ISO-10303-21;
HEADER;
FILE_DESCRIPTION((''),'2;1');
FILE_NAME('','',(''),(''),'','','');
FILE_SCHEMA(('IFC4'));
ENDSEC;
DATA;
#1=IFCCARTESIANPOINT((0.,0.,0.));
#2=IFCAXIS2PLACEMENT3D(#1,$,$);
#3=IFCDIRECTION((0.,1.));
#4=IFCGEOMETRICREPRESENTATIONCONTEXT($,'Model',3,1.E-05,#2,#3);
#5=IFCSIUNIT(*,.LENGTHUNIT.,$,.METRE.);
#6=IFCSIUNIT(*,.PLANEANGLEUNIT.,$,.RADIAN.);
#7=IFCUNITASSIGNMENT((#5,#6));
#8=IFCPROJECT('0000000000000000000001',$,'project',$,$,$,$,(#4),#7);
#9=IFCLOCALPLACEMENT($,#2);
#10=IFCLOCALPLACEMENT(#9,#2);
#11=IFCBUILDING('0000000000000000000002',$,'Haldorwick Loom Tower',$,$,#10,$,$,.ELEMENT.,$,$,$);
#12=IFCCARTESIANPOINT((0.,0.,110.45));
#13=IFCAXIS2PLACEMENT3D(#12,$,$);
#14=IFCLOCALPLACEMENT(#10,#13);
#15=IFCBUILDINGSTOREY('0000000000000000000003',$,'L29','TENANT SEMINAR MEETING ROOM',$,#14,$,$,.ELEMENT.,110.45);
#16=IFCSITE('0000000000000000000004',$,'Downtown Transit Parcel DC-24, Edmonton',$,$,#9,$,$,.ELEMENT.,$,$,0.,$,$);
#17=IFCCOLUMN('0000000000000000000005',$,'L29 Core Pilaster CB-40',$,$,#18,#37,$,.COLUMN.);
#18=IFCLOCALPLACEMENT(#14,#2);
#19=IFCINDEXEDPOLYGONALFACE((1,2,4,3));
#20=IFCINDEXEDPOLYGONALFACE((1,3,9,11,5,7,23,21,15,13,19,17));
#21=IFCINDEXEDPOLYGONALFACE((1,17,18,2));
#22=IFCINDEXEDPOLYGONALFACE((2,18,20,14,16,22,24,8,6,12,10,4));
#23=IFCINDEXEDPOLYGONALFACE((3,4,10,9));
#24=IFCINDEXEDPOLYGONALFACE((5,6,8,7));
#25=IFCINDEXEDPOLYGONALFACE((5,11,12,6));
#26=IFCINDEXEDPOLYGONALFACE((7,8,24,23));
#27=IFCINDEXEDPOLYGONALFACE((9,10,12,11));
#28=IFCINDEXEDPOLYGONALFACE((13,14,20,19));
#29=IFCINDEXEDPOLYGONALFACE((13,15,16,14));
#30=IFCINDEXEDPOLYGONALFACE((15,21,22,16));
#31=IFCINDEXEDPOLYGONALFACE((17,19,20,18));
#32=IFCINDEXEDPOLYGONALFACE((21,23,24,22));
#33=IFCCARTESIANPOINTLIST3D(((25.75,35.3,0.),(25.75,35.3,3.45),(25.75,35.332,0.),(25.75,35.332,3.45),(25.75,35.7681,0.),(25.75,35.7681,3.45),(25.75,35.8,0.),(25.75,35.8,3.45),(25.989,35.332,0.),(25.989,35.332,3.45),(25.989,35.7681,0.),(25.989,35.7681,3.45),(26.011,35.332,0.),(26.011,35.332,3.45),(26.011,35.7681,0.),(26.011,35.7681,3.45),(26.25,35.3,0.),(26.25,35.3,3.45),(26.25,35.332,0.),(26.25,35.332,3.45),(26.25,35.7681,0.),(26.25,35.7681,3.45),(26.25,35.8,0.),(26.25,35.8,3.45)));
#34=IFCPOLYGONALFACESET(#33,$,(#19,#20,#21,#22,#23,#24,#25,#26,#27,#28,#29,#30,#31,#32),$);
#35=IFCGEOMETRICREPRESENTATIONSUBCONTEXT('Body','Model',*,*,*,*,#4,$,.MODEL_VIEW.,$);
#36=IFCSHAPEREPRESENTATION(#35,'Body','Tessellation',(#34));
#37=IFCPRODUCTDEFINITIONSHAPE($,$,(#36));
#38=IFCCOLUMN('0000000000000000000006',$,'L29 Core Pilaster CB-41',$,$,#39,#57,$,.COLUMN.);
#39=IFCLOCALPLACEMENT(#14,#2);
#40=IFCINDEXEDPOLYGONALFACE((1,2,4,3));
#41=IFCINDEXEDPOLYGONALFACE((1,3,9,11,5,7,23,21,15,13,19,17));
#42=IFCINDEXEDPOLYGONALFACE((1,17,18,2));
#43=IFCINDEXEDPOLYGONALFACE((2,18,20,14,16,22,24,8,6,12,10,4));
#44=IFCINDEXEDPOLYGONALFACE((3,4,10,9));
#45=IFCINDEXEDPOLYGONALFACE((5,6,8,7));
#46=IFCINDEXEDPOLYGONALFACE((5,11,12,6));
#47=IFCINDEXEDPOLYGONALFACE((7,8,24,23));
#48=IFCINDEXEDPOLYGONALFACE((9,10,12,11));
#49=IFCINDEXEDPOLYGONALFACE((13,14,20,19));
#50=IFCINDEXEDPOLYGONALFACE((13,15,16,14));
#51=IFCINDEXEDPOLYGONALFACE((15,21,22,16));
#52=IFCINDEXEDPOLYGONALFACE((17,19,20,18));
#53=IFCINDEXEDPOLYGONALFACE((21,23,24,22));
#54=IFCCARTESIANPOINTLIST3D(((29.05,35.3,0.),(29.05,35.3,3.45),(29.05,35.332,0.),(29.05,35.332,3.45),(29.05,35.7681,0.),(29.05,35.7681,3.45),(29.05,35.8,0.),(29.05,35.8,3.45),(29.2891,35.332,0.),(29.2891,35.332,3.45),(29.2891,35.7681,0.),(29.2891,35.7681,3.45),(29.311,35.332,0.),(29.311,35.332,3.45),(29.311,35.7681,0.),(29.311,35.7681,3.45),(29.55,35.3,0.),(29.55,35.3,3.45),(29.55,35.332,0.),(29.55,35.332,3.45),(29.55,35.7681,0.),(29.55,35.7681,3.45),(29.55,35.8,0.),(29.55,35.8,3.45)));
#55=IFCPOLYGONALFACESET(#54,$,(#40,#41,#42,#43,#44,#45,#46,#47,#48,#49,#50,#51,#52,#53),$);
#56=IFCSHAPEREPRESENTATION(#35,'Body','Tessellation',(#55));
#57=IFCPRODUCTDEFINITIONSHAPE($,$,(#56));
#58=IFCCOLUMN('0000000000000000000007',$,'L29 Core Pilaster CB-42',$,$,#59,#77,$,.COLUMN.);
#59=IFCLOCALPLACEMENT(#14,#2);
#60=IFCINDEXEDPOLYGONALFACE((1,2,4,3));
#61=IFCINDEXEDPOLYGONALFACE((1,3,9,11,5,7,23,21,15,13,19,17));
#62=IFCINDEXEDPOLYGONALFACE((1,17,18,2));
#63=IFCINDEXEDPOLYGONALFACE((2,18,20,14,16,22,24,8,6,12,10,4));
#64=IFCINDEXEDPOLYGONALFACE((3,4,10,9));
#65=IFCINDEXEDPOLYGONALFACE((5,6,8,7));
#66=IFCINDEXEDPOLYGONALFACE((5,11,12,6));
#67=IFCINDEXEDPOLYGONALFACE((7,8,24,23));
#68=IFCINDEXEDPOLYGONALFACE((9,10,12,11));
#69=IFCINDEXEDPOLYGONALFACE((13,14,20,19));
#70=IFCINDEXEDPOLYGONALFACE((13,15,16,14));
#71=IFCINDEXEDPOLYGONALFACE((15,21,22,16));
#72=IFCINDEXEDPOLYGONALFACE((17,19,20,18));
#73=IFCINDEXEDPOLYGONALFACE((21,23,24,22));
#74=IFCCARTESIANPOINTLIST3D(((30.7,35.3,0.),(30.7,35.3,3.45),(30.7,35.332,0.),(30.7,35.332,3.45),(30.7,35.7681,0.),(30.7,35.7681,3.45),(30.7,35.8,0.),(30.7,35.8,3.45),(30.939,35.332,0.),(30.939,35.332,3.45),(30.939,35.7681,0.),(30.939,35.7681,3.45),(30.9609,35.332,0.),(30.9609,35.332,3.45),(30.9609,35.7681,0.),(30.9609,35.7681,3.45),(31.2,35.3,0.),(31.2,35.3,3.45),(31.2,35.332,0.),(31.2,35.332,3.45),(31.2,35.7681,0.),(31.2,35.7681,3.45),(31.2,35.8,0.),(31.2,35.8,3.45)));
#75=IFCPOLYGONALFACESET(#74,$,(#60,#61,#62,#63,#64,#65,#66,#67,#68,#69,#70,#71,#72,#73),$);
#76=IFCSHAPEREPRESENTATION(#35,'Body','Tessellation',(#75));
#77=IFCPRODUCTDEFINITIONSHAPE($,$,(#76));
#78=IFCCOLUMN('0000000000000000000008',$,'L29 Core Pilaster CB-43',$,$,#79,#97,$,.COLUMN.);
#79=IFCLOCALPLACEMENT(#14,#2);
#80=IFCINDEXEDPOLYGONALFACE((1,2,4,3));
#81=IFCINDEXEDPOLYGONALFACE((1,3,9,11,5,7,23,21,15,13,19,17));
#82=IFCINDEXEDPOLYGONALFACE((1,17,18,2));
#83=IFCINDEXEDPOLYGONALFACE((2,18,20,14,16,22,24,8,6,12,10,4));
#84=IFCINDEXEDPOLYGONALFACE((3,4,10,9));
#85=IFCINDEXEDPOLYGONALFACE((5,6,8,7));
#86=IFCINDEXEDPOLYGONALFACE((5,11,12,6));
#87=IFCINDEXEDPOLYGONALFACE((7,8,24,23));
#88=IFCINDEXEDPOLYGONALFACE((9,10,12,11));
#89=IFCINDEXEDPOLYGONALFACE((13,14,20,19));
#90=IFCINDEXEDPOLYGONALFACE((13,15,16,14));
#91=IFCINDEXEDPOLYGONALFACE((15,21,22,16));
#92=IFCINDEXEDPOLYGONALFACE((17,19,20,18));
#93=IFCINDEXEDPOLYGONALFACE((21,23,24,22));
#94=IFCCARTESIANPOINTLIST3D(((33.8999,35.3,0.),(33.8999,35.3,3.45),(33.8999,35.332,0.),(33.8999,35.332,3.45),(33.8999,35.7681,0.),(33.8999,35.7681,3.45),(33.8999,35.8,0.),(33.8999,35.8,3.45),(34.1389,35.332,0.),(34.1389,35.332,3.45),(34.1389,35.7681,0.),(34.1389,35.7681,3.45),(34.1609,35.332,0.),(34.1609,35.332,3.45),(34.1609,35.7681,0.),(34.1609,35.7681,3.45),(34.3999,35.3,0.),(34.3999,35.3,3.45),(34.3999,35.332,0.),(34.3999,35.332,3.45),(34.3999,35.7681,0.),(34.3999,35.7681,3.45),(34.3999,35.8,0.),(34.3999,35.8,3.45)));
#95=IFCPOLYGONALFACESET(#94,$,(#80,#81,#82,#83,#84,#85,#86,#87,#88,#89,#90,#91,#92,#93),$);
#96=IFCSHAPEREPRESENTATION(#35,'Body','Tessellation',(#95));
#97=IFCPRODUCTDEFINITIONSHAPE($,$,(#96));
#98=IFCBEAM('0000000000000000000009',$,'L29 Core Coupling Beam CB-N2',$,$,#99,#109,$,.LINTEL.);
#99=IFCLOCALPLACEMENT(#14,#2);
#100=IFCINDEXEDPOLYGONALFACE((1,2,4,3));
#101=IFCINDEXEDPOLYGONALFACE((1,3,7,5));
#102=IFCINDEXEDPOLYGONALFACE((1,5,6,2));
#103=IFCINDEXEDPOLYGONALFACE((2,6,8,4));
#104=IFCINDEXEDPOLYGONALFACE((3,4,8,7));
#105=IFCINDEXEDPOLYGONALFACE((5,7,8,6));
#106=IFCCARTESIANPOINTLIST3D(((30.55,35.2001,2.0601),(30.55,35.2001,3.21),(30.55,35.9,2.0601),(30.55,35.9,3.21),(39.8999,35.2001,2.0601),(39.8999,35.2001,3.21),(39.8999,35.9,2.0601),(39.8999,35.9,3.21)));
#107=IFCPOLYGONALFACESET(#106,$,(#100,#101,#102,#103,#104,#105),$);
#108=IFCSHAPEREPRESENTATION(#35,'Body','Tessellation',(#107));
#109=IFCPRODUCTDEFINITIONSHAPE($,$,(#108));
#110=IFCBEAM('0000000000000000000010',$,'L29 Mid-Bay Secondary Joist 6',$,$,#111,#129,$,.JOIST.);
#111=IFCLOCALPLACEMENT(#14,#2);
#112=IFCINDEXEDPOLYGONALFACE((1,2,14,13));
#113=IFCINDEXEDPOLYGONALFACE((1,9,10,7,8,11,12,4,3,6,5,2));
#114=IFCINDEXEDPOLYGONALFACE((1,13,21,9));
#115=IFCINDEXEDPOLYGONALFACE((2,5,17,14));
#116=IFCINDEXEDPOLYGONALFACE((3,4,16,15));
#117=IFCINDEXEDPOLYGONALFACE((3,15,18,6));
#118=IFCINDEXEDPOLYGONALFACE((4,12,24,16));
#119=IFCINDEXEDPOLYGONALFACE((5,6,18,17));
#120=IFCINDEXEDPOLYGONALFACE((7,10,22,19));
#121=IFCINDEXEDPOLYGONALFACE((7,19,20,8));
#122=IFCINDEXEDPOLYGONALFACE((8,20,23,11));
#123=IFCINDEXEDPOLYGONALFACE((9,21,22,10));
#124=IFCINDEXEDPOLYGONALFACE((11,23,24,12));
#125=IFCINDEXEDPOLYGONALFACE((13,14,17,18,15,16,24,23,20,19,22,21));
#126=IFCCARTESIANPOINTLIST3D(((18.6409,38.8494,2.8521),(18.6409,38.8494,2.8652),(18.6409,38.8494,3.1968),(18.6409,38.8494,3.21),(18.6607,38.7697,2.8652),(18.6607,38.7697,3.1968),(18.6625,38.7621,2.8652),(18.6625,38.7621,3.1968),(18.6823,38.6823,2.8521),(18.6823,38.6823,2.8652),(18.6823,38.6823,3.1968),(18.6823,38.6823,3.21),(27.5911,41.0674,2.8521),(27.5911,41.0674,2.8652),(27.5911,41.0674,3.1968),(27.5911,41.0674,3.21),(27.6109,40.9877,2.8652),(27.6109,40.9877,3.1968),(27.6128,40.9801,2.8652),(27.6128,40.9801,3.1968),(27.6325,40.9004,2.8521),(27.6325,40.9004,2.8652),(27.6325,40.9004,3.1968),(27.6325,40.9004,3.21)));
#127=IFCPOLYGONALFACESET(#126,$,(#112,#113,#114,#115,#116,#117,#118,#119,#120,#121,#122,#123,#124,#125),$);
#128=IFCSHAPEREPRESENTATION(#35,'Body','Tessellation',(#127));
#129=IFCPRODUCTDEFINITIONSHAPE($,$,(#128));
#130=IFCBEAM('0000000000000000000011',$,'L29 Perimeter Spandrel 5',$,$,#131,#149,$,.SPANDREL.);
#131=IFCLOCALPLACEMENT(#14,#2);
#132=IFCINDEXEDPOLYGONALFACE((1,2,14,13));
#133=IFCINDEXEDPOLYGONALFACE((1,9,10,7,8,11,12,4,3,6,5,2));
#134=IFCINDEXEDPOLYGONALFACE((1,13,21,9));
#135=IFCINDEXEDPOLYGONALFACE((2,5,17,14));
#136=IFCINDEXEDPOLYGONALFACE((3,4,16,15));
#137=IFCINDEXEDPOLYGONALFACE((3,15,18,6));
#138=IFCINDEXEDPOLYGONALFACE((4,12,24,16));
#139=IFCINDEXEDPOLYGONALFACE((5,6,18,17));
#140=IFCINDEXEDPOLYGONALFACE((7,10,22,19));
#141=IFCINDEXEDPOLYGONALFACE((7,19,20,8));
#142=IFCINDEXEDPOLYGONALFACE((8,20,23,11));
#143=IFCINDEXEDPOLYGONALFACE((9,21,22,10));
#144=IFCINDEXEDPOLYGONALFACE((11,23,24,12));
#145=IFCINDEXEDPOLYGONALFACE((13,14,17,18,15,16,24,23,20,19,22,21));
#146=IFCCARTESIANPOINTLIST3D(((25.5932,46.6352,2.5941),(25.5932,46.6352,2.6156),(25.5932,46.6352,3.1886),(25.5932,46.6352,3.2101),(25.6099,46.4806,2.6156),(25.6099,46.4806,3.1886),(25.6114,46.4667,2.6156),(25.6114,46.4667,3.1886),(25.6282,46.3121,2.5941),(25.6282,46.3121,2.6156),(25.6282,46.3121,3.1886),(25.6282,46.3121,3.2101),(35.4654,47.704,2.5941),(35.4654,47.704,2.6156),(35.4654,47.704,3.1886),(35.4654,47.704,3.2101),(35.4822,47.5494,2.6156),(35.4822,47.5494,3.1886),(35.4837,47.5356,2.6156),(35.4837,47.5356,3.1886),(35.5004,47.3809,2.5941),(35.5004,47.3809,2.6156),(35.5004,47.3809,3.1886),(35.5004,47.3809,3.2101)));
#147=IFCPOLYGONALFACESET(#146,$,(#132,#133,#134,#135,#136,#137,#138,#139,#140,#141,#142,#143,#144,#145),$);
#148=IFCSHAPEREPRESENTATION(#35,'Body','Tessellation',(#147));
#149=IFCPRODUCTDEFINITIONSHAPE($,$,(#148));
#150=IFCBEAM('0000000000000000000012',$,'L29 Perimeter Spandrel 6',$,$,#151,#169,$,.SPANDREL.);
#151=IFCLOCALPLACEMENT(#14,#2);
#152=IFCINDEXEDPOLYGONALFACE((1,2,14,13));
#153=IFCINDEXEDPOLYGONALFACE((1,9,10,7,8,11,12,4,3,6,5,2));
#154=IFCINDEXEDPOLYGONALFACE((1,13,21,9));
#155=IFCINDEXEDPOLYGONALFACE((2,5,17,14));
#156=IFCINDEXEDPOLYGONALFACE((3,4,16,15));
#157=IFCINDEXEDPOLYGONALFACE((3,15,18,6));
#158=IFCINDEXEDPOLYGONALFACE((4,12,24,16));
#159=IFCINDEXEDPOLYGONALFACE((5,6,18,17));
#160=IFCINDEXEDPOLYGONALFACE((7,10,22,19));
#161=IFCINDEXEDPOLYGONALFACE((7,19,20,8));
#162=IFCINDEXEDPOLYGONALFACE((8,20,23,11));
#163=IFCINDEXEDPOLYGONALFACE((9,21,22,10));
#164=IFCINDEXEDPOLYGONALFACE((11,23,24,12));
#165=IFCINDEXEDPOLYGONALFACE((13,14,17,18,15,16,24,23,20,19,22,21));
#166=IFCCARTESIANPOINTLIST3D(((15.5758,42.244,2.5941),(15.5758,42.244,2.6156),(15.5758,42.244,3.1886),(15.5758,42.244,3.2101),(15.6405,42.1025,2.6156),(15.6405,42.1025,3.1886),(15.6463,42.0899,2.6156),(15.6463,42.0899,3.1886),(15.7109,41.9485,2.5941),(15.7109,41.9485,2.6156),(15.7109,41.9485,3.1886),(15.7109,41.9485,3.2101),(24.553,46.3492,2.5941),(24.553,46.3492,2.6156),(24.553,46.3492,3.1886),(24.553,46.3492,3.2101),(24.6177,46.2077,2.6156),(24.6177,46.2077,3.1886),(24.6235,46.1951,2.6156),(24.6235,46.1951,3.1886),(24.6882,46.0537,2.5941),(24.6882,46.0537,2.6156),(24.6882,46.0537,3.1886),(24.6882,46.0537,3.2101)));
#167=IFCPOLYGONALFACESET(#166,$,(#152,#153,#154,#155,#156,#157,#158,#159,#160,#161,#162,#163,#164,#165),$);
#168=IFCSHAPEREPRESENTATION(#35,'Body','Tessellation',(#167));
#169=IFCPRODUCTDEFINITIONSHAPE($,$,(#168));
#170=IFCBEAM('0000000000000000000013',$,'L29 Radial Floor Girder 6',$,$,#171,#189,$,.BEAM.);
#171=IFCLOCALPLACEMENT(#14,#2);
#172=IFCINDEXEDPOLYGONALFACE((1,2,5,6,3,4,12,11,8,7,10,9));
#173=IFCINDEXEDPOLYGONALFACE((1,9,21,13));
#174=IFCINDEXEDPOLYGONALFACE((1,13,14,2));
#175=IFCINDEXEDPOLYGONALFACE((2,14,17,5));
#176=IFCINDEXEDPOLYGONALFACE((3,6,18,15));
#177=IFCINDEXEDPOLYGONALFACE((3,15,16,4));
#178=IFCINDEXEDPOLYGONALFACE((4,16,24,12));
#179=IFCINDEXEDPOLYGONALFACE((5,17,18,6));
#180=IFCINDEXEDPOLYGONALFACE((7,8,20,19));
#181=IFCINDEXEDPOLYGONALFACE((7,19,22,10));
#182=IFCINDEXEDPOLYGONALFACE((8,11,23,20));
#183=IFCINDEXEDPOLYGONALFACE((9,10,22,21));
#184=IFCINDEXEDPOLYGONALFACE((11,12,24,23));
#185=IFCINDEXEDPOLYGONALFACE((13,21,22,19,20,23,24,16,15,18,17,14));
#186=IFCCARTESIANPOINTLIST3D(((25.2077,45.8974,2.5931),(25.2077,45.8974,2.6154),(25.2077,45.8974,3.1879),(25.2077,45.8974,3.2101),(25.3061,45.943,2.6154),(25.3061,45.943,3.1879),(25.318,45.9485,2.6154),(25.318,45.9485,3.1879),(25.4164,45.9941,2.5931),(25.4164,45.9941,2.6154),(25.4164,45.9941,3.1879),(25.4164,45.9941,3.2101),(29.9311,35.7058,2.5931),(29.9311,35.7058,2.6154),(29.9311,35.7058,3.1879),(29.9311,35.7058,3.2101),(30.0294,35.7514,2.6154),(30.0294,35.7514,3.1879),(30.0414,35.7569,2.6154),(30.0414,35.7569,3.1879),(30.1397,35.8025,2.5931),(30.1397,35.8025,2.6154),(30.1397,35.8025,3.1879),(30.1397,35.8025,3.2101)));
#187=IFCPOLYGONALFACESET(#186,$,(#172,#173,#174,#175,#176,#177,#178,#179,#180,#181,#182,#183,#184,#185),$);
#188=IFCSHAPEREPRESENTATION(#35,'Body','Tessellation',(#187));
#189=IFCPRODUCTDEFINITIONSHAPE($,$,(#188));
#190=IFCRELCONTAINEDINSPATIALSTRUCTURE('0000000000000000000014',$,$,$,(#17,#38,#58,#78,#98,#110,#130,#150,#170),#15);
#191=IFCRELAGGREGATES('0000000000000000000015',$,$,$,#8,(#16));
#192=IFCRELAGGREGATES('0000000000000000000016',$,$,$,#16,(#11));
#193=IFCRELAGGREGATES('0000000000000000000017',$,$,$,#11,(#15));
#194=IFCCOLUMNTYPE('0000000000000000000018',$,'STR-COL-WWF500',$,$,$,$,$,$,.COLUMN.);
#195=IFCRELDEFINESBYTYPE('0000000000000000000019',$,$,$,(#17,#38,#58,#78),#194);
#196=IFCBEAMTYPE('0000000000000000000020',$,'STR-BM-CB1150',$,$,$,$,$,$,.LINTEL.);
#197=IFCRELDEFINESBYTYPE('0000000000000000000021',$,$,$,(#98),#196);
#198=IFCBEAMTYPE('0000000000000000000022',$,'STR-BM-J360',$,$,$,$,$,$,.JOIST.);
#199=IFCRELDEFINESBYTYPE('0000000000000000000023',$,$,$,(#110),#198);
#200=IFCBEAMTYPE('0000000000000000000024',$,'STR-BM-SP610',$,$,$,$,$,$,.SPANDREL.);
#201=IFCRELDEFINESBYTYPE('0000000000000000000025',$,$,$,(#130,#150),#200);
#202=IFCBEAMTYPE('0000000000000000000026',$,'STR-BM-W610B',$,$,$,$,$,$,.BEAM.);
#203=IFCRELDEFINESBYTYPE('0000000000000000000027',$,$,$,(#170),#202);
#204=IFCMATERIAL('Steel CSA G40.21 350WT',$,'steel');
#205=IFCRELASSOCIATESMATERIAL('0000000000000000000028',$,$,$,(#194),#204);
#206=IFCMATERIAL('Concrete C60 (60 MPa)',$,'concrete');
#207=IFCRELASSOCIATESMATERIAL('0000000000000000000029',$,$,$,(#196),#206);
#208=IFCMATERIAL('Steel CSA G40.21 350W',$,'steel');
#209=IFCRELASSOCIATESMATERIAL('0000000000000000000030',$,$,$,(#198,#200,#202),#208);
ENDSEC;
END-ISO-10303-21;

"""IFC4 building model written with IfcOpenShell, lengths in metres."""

from ifc_helpers import new_model, si_unit, direction, frame, origin, origin_2d, place, context, subcontext, project, spatial, rectangle, i_section, extrude, material, material_profile, profile_set, type_object, element, save


model = new_model("IFC4")

# Units and contexts
model_context = context("Model", 3, precision=1e-05, world=origin(), true_north=direction((0.0, 1.0)))
body_context = subcontext(model_context, "Body", "Model", "MODEL_VIEW")
ifc_project = project(units=[si_unit("LENGTHUNIT", "METRE"), si_unit("PLANEANGLEUNIT", "RADIAN")], contexts=[model_context])

# Site, building, storey
site_placement = place(None, origin())
site = spatial("IfcSite", under=ifc_project, at=site_placement, Name="Downtown Transit Parcel DC-24, Edmonton", CompositionType="ELEMENT", RefElevation=0.0)
building_placement = place(site_placement, origin())
building = spatial("IfcBuilding", under=site, at=building_placement, Name="Haldorwick Loom Tower", CompositionType="ELEMENT")
storey_placement = place(building_placement, frame((0.0, 0.0, 110.45)))
storey = spatial("IfcBuildingStorey", under=building, at=storey_placement, Name="L29", Description="TENANT SEMINAR MEETING ROOM", CompositionType="ELEMENT", Elevation=110.45)

# Columns
ifc_material_1 = material(Name="Concrete C60 (60 MPa)", Category="concrete")
ifc_material_2 = material(Name="Steel CSA G40.21 350WT", Category="steel")
ifc_material_profile_1 = material_profile(ifc_material_2, i_section(OverallWidth=0.5, OverallDepth=0.5, WebThickness=0.022, FlangeThickness=0.032, at=origin_2d()), Name="WWF500X500", Category="steel")
ifc_profile_set_1 = profile_set([ifc_material_profile_1], Name="Steel CSA G40.21 350WT")
column_type_1 = type_object("IfcColumnType", Name="STR-COL-WWF500", PredefinedType="COLUMN", material=ifc_profile_set_1)
for number, where, z_axis, x_axis, name in (
    (1, (26.0, 35.55, 0.0), (0.0, 0.0, 1.0), (1.0, 0.0, 0.0), "L29 Core Pilaster CB-40"),
    (2, (29.3, 35.55, 0.0), (0.0, 0.0, 1.0), (1.0, 0.0, 0.0), "L29 Core Pilaster CB-41"),
    (3, (30.95, 35.55, 0.0), (0.0, 0.0, 1.0), (1.0, 0.0, 0.0), "L29 Core Pilaster CB-42"),
    (4, (34.1499, 35.55, 0.0), (0.0, 0.0, 1.0), (1.0, 0.0, 0.0), "L29 Core Pilaster CB-43"),
):
    element("IfcColumn", number, at=place(storey_placement, frame(where, z_axis=z_axis, x_axis=x_axis)), inside=storey, type_object=column_type_1, Name=name, PredefinedType="COLUMN", context=body_context, shape_type="SweptSolid", body=[
        extrude(i_section(OverallWidth=0.5, OverallDepth=0.5, WebThickness=0.022, FlangeThickness=0.032, at=origin_2d()), origin(), (0.0, 0.0, 1.0), 3.45),
    ])

# Beams
ifc_material_profile_2 = material_profile(ifc_material_1, rectangle(XDim=0.7, YDim=1.1499, at=origin_2d()), Name="RC700X1150", Category="concrete")
ifc_profile_set_2 = profile_set([ifc_material_profile_2], Name="Concrete C60 (60 MPa)")
beam_type_1 = type_object("IfcBeamType", Name="STR-BM-CB1150", PredefinedType="LINTEL", material=ifc_profile_set_2)
beam_1_placement = place(storey_placement, frame((30.55, 35.55, 2.635), z_axis=(1.0, 0.0, 0.0), x_axis=(0.0, 1.0, 0.0)))
element("IfcBeam", 5, at=beam_1_placement, inside=storey, type_object=beam_type_1, Name="L29 Core Coupling Beam CB-N2", PredefinedType="LINTEL", context=body_context, shape_type="SweptSolid", body=[
    extrude(rectangle(XDim=0.7, YDim=1.1499, at=origin_2d()), origin(), (0.0, 0.0, 1.0), 9.3499),
])
ifc_material_3 = material(Name="Steel CSA G40.21 350W", Category="steel")
ifc_material_profile_3 = material_profile(ifc_material_3, i_section(OverallWidth=0.1721, OverallDepth=0.3579, WebThickness=0.0078, FlangeThickness=0.0132, at=origin_2d()), Name="W360X57", Category="steel")
ifc_profile_set_3 = profile_set([ifc_material_profile_3], Name="Steel CSA G40.21 350W")
beam_type_2 = type_object("IfcBeamType", Name="STR-BM-J360", PredefinedType="JOIST", material=ifc_profile_set_3)
beam_2_placement = place(storey_placement, frame((27.6118, 40.9839, 3.031), z_axis=(-0.970639, -0.240542, 0.0), x_axis=(0.240542, -0.970639, 0.0)))
element("IfcBeam", 6, at=beam_2_placement, inside=storey, type_object=beam_type_2, Name="L29 Mid-Bay Secondary Joist 6", PredefinedType="JOIST", context=body_context, shape_type="SweptSolid", body=[
    extrude(i_section(OverallWidth=0.1721, OverallDepth=0.3579, WebThickness=0.0078, FlangeThickness=0.0132, at=origin_2d()), origin(), (0.0, 0.0, 1.0), 9.2209),
])
ifc_material_profile_4 = material_profile(ifc_material_3, i_section(OverallWidth=0.325, OverallDepth=0.616, WebThickness=0.0139, FlangeThickness=0.0215, at=origin_2d()), Name="W610X174", Category="steel")
ifc_profile_set_4 = profile_set([ifc_material_profile_4], Name="Steel CSA G40.21 350W")
beam_type_3 = type_object("IfcBeamType", Name="STR-BM-SP610", PredefinedType="SPANDREL", material=ifc_profile_set_4)
beam_3_placement = place(storey_placement, frame((35.4829, 47.5425, 2.9021), z_axis=(-0.99419, -0.107638, 0.0), x_axis=(0.107638, -0.99419, 0.0)))
element("IfcBeam", 7, at=beam_3_placement, inside=storey, type_object=beam_type_3, Name="L29 Perimeter Spandrel 5", PredefinedType="SPANDREL", context=body_context, shape_type="SweptSolid", body=[
    extrude(i_section(OverallWidth=0.325, OverallDepth=0.616, WebThickness=0.0139, FlangeThickness=0.0215, at=origin_2d()), origin(), (0.0, 0.0, 1.0), 9.9299),
])
beam_4_placement = place(storey_placement, frame((24.6206, 46.2014, 2.9021), z_axis=(-0.909424, -0.41587, 0.0), x_axis=(0.41587, -0.909424, 0.0)))
element("IfcBeam", 8, at=beam_4_placement, inside=storey, type_object=beam_type_3, Name="L29 Perimeter Spandrel 6", PredefinedType="SPANDREL", context=body_context, shape_type="SweptSolid", body=[
    extrude(i_section(OverallWidth=0.325, OverallDepth=0.616, WebThickness=0.0139, FlangeThickness=0.0215, at=origin_2d()), origin(), (0.0, 0.0, 1.0), 9.8713),
])
ifc_material_profile_5 = material_profile(ifc_material_3, i_section(OverallWidth=0.23, OverallDepth=0.6169, WebThickness=0.0132, FlangeThickness=0.0222, at=origin_2d()), Name="W610X140", Category="steel")
ifc_profile_set_5 = profile_set([ifc_material_profile_5], Name="Steel CSA G40.21 350W")
beam_type_4 = type_object("IfcBeamType", Name="STR-BM-W610B", PredefinedType="BEAM", material=ifc_profile_set_5)
beam_5_placement = place(storey_placement, frame((30.0354, 35.7542, 2.9016), z_axis=(-0.420492, 0.907296, 0.0), x_axis=(-0.907296, -0.420492, 0.0)))
element("IfcBeam", 9, at=beam_5_placement, inside=storey, type_object=beam_type_4, Name="L29 Radial Floor Girder 6", PredefinedType="BEAM", context=body_context, shape_type="SweptSolid", body=[
    extrude(i_section(OverallWidth=0.23, OverallDepth=0.6169, WebThickness=0.0132, FlangeThickness=0.0222, at=origin_2d()), origin(), (0.0, 0.0, 1.0), 11.2329),
])

save(model, "model.ifc")
